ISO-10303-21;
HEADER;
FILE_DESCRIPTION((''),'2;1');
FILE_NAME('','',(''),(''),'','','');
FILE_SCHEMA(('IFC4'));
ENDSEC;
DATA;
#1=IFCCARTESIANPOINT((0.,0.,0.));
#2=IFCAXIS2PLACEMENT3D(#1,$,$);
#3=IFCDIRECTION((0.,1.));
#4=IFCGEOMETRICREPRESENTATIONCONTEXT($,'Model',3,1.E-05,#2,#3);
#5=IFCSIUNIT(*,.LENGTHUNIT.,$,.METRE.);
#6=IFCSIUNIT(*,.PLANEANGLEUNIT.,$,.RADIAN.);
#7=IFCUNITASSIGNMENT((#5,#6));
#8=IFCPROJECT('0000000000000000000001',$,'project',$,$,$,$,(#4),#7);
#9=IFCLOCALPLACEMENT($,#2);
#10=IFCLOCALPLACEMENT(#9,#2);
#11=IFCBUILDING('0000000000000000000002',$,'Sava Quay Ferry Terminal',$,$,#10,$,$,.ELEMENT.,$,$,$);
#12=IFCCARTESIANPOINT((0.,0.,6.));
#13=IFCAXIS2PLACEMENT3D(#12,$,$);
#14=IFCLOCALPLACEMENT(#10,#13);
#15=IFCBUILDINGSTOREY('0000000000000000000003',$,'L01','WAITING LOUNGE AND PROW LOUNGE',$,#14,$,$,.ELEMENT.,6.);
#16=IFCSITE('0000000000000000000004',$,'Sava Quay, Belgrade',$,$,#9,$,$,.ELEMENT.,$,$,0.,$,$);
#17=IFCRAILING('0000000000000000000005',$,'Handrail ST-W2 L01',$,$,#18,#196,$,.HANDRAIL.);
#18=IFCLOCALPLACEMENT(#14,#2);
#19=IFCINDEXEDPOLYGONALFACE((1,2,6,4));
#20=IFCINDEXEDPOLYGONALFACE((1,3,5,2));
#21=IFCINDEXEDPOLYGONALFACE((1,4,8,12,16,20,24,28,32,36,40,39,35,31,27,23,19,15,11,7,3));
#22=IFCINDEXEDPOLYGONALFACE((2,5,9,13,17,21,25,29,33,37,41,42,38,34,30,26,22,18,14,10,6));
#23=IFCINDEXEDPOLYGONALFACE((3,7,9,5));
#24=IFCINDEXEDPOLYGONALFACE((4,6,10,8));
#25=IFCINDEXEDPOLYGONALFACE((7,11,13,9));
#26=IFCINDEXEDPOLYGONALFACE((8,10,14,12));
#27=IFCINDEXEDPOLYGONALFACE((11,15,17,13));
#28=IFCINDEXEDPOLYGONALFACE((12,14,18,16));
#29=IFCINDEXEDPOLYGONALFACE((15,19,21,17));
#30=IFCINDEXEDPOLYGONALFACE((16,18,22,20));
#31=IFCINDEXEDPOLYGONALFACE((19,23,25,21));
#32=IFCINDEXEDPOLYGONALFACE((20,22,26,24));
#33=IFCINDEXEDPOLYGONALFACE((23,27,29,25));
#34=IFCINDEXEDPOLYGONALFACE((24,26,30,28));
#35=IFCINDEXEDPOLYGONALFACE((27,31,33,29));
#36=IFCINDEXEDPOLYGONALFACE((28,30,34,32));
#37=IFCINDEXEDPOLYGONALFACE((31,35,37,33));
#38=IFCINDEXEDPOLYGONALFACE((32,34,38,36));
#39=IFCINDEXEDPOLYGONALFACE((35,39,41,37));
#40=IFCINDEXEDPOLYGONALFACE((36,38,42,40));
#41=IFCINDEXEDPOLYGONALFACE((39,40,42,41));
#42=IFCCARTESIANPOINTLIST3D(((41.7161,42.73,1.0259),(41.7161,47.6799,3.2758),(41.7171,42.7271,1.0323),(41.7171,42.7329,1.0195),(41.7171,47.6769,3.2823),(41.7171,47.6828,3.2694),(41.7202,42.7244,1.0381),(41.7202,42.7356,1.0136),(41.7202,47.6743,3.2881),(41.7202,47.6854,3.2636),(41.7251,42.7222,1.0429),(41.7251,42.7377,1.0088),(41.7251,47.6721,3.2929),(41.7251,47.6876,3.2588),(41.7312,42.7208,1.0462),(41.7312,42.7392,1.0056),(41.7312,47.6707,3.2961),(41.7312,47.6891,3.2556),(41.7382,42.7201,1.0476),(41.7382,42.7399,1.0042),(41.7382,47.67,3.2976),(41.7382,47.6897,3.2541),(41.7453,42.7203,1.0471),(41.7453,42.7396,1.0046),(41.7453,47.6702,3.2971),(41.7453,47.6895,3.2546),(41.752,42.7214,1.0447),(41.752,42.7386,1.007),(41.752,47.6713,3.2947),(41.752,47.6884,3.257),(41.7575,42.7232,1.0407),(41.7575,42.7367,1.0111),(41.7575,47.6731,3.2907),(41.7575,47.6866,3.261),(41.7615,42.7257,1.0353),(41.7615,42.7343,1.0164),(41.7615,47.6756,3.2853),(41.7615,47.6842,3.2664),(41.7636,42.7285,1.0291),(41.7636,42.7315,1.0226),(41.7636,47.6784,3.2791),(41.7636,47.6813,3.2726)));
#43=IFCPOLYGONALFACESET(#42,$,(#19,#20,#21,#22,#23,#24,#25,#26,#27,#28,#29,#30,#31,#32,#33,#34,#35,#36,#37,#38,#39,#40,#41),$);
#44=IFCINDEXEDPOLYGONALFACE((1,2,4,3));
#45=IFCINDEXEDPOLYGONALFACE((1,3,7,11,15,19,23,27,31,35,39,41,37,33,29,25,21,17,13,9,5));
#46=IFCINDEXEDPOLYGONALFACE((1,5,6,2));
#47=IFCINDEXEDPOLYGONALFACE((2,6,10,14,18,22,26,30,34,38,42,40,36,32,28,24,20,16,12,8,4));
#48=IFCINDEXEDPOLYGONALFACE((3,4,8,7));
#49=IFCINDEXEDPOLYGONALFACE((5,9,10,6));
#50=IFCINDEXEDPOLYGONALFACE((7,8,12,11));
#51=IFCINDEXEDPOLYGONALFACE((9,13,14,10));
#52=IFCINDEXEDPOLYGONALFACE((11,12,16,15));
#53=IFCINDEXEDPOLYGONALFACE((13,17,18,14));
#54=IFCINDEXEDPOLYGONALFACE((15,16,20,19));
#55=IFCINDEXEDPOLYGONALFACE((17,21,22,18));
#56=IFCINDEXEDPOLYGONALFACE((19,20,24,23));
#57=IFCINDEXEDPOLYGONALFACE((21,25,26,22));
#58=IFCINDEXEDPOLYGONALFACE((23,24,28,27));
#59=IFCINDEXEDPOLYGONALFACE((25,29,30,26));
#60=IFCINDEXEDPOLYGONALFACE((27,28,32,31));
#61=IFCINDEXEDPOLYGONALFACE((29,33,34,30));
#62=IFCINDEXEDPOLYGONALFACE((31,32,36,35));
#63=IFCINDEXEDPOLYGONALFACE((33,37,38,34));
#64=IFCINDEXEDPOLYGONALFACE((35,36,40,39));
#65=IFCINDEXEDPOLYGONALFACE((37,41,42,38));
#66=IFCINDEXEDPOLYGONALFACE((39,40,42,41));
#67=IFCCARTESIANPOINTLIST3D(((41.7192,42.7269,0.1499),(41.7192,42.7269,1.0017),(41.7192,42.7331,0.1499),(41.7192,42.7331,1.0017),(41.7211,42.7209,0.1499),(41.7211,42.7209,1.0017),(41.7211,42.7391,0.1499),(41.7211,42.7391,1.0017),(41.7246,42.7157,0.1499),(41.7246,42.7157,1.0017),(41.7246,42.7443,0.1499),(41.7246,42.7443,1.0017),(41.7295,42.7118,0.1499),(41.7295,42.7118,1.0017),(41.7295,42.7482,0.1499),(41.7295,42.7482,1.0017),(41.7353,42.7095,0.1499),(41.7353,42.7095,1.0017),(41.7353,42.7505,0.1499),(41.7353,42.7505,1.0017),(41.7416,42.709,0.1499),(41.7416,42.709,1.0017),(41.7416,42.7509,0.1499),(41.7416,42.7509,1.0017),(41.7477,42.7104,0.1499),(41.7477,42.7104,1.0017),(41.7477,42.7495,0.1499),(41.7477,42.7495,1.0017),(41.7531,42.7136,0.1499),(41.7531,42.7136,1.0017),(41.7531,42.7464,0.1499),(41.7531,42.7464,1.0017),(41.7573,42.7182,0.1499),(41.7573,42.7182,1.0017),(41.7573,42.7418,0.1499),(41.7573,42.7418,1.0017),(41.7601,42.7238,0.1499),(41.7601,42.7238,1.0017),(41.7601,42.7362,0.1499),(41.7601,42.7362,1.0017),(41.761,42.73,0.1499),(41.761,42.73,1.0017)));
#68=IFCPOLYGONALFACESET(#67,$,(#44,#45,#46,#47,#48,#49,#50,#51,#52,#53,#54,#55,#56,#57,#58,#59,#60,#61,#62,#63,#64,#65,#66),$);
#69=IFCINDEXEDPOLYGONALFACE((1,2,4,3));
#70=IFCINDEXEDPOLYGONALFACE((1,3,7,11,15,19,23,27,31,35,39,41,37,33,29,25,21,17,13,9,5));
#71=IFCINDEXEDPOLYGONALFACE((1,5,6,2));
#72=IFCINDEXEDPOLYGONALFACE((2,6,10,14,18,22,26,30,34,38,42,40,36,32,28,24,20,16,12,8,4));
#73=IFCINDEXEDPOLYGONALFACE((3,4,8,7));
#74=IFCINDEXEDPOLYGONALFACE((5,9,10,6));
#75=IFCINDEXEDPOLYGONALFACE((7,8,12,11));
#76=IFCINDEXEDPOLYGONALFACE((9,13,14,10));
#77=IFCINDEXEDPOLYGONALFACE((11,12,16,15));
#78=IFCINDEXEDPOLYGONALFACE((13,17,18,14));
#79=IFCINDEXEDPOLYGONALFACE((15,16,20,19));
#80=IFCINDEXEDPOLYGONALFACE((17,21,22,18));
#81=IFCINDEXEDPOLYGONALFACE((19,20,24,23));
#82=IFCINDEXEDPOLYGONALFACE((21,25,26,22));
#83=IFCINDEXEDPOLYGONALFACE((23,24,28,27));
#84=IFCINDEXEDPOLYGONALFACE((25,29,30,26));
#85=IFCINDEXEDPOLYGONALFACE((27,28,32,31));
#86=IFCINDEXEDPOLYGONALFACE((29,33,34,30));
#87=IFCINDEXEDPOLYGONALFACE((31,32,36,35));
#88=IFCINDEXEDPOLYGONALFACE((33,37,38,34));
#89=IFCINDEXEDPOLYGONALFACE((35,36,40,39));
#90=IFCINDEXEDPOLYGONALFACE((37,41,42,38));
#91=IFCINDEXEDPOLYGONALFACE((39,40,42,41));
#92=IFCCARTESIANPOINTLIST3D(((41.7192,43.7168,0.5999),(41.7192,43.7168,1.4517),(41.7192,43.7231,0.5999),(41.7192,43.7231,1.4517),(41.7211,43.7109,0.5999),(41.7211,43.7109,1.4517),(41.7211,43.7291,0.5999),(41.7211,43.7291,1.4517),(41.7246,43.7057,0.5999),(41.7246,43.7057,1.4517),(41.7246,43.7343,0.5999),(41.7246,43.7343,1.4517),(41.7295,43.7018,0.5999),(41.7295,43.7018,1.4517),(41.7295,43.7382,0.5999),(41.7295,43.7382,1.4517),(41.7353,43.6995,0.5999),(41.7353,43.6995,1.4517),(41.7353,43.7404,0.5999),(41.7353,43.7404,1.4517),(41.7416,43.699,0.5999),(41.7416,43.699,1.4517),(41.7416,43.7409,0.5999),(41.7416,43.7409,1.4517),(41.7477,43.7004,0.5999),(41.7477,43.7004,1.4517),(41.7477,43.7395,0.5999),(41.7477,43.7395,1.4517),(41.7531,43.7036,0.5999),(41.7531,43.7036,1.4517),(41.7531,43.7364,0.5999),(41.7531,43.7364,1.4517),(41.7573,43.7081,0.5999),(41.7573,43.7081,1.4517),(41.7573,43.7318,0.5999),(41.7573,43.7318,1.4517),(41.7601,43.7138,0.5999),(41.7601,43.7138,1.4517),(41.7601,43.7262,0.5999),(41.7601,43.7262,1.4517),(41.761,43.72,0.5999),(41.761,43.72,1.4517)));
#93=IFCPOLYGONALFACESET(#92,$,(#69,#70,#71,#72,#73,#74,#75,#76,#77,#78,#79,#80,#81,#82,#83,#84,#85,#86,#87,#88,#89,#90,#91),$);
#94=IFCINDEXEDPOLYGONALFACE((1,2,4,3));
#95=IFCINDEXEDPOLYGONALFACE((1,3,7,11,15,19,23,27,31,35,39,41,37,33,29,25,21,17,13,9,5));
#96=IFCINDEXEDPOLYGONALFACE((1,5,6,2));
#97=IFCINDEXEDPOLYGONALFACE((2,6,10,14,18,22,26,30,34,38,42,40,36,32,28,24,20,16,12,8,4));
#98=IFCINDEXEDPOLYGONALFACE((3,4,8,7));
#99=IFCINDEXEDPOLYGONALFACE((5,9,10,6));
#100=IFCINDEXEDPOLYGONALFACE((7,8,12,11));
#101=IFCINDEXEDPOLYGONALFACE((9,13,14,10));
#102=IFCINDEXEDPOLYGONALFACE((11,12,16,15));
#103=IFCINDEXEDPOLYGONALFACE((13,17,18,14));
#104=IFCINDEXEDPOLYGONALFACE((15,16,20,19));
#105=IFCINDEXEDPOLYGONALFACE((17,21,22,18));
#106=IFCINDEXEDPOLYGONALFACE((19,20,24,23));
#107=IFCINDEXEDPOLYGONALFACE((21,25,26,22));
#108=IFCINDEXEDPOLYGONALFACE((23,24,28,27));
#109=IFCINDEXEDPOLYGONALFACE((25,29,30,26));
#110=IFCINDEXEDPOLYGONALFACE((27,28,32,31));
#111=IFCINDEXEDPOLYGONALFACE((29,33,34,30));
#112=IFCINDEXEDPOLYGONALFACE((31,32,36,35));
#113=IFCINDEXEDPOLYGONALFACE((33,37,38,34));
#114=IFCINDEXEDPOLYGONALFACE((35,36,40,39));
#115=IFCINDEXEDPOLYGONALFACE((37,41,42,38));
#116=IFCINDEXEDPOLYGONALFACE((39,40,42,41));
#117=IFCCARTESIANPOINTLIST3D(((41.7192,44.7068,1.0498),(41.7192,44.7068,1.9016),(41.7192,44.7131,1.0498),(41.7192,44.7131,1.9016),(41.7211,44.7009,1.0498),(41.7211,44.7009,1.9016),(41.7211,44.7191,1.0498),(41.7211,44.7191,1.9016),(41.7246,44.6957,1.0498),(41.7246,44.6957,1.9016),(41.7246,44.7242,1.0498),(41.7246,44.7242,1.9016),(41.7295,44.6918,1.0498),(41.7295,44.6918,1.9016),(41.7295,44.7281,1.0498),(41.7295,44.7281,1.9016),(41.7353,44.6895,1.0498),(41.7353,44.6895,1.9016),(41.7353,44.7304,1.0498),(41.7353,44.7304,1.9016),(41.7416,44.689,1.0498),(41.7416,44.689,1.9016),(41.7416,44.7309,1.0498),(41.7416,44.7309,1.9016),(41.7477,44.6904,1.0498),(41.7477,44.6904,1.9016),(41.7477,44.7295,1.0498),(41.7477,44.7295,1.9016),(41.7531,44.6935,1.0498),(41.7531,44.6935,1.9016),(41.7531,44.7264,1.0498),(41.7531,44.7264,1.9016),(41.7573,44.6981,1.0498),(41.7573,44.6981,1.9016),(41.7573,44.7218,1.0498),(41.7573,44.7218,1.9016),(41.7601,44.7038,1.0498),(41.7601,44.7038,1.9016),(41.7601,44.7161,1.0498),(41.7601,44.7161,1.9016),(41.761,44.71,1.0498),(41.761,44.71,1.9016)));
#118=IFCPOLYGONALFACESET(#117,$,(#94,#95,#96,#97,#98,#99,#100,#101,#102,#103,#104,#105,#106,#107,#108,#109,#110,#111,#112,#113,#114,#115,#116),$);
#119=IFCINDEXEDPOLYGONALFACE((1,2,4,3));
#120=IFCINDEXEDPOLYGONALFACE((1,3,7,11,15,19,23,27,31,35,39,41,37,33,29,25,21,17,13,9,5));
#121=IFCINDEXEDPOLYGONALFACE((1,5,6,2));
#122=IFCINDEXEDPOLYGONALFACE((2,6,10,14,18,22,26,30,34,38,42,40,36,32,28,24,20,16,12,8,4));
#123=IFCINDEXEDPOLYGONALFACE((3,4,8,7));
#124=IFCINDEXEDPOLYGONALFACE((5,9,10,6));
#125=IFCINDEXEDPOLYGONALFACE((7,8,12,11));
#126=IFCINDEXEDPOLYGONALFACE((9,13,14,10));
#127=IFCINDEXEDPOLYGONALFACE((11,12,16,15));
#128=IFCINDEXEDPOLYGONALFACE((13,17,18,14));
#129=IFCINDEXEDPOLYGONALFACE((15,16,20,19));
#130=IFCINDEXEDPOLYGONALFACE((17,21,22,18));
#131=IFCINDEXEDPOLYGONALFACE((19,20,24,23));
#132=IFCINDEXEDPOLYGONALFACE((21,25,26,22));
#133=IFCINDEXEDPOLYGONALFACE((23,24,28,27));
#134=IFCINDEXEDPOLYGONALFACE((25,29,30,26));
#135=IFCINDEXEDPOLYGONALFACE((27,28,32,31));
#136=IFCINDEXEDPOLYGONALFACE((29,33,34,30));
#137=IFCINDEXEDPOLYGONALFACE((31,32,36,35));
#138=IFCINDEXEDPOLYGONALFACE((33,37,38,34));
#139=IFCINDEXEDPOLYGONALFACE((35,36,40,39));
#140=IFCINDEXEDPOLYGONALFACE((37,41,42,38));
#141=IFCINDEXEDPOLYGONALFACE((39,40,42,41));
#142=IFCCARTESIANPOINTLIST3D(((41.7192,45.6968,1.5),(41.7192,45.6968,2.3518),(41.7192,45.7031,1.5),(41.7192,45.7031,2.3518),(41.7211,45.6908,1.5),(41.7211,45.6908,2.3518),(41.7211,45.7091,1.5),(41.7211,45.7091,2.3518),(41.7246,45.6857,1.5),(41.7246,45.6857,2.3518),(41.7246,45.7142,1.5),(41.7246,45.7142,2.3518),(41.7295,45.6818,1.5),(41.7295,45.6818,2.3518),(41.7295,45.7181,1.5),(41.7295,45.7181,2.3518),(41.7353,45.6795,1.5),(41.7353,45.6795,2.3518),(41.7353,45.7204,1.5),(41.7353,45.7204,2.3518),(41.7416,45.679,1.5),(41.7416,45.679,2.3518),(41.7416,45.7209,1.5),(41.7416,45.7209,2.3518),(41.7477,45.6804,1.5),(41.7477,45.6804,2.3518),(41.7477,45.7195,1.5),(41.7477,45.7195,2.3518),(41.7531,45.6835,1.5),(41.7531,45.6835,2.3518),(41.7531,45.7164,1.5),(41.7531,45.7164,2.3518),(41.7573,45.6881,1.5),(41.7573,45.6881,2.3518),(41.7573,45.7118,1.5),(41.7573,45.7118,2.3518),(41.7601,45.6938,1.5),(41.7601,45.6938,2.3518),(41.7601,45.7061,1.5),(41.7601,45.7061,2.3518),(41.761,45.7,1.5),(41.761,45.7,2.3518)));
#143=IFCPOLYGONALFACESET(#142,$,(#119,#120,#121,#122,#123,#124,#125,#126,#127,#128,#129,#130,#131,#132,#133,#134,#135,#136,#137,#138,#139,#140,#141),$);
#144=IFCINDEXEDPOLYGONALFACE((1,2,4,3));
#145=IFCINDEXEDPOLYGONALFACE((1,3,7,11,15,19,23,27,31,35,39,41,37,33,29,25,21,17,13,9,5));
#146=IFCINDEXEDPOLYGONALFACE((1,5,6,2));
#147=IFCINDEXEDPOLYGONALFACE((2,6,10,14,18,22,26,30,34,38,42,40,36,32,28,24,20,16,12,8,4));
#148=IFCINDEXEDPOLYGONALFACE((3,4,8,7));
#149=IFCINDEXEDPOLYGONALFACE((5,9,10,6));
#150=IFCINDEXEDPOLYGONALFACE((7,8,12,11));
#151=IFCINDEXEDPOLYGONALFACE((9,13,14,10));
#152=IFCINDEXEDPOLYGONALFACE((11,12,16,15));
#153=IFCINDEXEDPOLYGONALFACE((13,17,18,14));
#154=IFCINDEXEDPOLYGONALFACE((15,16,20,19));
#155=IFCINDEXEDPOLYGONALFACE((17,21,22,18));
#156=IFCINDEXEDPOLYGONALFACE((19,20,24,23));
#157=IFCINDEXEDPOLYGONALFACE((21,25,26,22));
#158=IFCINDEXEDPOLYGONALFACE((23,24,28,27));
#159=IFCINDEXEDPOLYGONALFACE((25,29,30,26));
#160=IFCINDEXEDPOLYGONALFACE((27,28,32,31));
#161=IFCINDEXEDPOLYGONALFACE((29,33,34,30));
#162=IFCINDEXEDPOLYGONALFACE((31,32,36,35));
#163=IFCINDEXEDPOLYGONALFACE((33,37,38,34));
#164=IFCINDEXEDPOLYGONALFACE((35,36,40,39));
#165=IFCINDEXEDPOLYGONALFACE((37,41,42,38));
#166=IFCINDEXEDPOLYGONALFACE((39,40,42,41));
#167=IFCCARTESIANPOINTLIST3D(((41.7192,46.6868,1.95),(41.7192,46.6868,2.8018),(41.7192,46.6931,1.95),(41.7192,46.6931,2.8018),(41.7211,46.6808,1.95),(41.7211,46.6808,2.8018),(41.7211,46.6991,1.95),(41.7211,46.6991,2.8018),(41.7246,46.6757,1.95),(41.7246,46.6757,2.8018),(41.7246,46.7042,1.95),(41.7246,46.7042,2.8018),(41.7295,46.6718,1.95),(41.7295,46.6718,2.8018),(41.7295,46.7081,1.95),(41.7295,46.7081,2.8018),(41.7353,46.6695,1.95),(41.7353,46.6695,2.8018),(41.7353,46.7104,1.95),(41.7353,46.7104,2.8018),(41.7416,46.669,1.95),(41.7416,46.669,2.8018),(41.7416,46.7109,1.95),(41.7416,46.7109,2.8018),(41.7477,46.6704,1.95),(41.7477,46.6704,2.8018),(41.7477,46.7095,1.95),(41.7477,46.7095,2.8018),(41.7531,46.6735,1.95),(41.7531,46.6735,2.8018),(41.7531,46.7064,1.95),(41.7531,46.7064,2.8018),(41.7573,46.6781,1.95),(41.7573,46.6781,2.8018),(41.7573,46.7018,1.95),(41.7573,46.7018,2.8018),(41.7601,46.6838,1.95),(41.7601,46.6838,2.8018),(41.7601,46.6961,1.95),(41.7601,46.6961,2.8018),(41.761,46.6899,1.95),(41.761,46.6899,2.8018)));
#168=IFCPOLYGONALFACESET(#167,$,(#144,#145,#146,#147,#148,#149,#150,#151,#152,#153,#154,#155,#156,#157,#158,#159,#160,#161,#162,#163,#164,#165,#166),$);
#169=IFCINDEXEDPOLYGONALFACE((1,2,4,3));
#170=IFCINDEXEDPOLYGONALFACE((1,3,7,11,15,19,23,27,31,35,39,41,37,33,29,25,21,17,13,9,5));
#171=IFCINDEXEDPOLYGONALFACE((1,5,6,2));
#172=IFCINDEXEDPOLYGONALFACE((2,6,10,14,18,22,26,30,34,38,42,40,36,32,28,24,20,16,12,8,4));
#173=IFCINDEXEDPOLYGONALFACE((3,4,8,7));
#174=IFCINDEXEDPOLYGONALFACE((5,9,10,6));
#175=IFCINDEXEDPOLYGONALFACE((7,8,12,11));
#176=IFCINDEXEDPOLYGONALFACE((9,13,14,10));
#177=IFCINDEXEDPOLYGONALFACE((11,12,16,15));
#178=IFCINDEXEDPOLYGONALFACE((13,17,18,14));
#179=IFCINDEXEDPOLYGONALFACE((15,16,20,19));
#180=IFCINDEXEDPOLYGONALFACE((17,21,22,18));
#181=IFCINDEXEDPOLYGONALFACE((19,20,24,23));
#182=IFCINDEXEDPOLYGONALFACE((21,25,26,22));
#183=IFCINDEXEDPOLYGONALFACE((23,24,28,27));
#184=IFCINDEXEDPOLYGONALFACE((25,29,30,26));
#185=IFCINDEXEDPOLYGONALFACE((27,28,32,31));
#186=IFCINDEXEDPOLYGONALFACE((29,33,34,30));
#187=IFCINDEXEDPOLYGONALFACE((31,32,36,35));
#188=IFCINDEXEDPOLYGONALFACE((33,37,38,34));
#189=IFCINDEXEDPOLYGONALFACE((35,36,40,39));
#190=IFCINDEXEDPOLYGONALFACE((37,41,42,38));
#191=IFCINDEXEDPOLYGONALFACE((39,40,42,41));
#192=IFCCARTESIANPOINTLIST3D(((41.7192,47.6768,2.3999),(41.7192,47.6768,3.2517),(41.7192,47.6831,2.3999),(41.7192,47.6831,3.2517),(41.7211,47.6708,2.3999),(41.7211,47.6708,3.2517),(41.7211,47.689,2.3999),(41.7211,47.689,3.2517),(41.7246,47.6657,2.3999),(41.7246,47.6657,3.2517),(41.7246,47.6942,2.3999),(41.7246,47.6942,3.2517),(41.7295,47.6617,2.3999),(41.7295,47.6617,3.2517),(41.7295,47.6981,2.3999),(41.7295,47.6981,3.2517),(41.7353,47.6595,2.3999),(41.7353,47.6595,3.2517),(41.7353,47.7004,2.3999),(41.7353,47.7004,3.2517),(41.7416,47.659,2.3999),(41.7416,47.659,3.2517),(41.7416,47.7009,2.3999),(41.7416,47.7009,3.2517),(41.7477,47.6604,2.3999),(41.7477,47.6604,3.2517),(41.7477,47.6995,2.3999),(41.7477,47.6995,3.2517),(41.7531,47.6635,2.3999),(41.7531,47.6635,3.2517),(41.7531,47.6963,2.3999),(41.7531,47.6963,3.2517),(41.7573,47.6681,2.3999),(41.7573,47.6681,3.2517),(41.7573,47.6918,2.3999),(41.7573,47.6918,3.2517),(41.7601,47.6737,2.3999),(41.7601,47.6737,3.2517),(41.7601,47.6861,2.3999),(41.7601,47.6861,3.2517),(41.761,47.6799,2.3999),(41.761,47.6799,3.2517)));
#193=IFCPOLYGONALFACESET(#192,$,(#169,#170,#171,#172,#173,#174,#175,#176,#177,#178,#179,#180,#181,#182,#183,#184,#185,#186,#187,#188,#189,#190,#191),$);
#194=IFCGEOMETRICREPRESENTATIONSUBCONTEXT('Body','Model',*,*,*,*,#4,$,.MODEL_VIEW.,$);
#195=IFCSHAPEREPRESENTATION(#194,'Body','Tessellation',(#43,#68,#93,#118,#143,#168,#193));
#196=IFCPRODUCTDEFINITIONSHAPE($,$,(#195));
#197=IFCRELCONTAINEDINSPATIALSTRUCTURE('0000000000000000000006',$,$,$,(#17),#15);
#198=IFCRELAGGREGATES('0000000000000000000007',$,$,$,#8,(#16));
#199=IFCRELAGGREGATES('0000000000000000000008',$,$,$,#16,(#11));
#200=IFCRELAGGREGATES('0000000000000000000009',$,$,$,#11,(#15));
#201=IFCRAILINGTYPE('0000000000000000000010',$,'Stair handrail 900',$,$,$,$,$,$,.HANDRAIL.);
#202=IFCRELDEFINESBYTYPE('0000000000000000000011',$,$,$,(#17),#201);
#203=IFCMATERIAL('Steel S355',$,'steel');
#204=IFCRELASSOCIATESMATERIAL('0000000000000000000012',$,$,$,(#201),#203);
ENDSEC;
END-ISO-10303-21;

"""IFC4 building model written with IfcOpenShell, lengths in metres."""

from ifc_helpers import new_model, si_unit, direction, frame, origin, origin_2d, place, context, subcontext, project, spatial, circle, extrude, material, type_object, element, save


model = new_model("IFC4")

# Units and contexts
model_context = context("Model", 3, precision=1e-05, world=origin(), true_north=direction((0.0, 1.0)))
body_context = subcontext(model_context, "Body", "Model", "MODEL_VIEW")
ifc_project = project(units=[si_unit("LENGTHUNIT", "METRE"), si_unit("PLANEANGLEUNIT", "RADIAN")], contexts=[model_context])

# Site, building, storey
site_placement = place(None, origin())
site = spatial("IfcSite", under=ifc_project, at=site_placement, Name="Sava Quay, Belgrade", CompositionType="ELEMENT", RefElevation=0.0)
building_placement = place(site_placement, origin())
building = spatial("IfcBuilding", under=site, at=building_placement, Name="Sava Quay Ferry Terminal", CompositionType="ELEMENT")
storey_placement = place(building_placement, frame((0.0, 0.0, 6.0)))
storey = spatial("IfcBuildingStorey", under=building, at=storey_placement, Name="L01", Description="WAITING LOUNGE AND PROW LOUNGE", CompositionType="ELEMENT", Elevation=6.0)

# Railing
ifc_material_1 = material(Name="Steel S355", Category="steel")
railing_type_1 = type_object("IfcRailingType", Name="Stair handrail 900", PredefinedType="HANDRAIL", material=ifc_material_1)
railing_1_placement = place(storey_placement, frame((41.74, 42.73, 0.1499)))
element("IfcRailing", 1, at=railing_1_placement, inside=storey, type_object=railing_type_1, Name="Handrail ST-W2 L01", PredefinedType="HANDRAIL", context=body_context, shape_type="SweptSolid", body=[
    extrude(circle(Radius=0.0239, at=origin_2d()), frame((0.0, 0.0, 0.876), z_axis=(0.0, 0.910365, 0.413806), x_axis=(-1.0, 0.0, 0.0)), (0.0, 0.0, 1.0), 5.4373),
    extrude(circle(Radius=0.021, at=origin_2d()), origin(), (0.0, 0.0, 1.0), 0.8518),
    extrude(circle(Radius=0.021, at=origin_2d()), frame((0.0, 0.99, 0.45)), (0.0, 0.0, 1.0), 0.8518),
    extrude(circle(Radius=0.021, at=origin_2d()), frame((0.0, 1.98, 0.8999)), (0.0, 0.0, 1.0), 0.8518),
    extrude(circle(Radius=0.021, at=origin_2d()), frame((0.0, 2.97, 1.3501)), (0.0, 0.0, 1.0), 0.8518),
    extrude(circle(Radius=0.021, at=origin_2d()), frame((0.0, 3.96, 1.8)), (0.0, 0.0, 1.0), 0.8518),
    extrude(circle(Radius=0.021, at=origin_2d()), frame((0.0, 4.95, 2.25)), (0.0, 0.0, 1.0), 0.8518),
])

save(model, "model.ifc")
